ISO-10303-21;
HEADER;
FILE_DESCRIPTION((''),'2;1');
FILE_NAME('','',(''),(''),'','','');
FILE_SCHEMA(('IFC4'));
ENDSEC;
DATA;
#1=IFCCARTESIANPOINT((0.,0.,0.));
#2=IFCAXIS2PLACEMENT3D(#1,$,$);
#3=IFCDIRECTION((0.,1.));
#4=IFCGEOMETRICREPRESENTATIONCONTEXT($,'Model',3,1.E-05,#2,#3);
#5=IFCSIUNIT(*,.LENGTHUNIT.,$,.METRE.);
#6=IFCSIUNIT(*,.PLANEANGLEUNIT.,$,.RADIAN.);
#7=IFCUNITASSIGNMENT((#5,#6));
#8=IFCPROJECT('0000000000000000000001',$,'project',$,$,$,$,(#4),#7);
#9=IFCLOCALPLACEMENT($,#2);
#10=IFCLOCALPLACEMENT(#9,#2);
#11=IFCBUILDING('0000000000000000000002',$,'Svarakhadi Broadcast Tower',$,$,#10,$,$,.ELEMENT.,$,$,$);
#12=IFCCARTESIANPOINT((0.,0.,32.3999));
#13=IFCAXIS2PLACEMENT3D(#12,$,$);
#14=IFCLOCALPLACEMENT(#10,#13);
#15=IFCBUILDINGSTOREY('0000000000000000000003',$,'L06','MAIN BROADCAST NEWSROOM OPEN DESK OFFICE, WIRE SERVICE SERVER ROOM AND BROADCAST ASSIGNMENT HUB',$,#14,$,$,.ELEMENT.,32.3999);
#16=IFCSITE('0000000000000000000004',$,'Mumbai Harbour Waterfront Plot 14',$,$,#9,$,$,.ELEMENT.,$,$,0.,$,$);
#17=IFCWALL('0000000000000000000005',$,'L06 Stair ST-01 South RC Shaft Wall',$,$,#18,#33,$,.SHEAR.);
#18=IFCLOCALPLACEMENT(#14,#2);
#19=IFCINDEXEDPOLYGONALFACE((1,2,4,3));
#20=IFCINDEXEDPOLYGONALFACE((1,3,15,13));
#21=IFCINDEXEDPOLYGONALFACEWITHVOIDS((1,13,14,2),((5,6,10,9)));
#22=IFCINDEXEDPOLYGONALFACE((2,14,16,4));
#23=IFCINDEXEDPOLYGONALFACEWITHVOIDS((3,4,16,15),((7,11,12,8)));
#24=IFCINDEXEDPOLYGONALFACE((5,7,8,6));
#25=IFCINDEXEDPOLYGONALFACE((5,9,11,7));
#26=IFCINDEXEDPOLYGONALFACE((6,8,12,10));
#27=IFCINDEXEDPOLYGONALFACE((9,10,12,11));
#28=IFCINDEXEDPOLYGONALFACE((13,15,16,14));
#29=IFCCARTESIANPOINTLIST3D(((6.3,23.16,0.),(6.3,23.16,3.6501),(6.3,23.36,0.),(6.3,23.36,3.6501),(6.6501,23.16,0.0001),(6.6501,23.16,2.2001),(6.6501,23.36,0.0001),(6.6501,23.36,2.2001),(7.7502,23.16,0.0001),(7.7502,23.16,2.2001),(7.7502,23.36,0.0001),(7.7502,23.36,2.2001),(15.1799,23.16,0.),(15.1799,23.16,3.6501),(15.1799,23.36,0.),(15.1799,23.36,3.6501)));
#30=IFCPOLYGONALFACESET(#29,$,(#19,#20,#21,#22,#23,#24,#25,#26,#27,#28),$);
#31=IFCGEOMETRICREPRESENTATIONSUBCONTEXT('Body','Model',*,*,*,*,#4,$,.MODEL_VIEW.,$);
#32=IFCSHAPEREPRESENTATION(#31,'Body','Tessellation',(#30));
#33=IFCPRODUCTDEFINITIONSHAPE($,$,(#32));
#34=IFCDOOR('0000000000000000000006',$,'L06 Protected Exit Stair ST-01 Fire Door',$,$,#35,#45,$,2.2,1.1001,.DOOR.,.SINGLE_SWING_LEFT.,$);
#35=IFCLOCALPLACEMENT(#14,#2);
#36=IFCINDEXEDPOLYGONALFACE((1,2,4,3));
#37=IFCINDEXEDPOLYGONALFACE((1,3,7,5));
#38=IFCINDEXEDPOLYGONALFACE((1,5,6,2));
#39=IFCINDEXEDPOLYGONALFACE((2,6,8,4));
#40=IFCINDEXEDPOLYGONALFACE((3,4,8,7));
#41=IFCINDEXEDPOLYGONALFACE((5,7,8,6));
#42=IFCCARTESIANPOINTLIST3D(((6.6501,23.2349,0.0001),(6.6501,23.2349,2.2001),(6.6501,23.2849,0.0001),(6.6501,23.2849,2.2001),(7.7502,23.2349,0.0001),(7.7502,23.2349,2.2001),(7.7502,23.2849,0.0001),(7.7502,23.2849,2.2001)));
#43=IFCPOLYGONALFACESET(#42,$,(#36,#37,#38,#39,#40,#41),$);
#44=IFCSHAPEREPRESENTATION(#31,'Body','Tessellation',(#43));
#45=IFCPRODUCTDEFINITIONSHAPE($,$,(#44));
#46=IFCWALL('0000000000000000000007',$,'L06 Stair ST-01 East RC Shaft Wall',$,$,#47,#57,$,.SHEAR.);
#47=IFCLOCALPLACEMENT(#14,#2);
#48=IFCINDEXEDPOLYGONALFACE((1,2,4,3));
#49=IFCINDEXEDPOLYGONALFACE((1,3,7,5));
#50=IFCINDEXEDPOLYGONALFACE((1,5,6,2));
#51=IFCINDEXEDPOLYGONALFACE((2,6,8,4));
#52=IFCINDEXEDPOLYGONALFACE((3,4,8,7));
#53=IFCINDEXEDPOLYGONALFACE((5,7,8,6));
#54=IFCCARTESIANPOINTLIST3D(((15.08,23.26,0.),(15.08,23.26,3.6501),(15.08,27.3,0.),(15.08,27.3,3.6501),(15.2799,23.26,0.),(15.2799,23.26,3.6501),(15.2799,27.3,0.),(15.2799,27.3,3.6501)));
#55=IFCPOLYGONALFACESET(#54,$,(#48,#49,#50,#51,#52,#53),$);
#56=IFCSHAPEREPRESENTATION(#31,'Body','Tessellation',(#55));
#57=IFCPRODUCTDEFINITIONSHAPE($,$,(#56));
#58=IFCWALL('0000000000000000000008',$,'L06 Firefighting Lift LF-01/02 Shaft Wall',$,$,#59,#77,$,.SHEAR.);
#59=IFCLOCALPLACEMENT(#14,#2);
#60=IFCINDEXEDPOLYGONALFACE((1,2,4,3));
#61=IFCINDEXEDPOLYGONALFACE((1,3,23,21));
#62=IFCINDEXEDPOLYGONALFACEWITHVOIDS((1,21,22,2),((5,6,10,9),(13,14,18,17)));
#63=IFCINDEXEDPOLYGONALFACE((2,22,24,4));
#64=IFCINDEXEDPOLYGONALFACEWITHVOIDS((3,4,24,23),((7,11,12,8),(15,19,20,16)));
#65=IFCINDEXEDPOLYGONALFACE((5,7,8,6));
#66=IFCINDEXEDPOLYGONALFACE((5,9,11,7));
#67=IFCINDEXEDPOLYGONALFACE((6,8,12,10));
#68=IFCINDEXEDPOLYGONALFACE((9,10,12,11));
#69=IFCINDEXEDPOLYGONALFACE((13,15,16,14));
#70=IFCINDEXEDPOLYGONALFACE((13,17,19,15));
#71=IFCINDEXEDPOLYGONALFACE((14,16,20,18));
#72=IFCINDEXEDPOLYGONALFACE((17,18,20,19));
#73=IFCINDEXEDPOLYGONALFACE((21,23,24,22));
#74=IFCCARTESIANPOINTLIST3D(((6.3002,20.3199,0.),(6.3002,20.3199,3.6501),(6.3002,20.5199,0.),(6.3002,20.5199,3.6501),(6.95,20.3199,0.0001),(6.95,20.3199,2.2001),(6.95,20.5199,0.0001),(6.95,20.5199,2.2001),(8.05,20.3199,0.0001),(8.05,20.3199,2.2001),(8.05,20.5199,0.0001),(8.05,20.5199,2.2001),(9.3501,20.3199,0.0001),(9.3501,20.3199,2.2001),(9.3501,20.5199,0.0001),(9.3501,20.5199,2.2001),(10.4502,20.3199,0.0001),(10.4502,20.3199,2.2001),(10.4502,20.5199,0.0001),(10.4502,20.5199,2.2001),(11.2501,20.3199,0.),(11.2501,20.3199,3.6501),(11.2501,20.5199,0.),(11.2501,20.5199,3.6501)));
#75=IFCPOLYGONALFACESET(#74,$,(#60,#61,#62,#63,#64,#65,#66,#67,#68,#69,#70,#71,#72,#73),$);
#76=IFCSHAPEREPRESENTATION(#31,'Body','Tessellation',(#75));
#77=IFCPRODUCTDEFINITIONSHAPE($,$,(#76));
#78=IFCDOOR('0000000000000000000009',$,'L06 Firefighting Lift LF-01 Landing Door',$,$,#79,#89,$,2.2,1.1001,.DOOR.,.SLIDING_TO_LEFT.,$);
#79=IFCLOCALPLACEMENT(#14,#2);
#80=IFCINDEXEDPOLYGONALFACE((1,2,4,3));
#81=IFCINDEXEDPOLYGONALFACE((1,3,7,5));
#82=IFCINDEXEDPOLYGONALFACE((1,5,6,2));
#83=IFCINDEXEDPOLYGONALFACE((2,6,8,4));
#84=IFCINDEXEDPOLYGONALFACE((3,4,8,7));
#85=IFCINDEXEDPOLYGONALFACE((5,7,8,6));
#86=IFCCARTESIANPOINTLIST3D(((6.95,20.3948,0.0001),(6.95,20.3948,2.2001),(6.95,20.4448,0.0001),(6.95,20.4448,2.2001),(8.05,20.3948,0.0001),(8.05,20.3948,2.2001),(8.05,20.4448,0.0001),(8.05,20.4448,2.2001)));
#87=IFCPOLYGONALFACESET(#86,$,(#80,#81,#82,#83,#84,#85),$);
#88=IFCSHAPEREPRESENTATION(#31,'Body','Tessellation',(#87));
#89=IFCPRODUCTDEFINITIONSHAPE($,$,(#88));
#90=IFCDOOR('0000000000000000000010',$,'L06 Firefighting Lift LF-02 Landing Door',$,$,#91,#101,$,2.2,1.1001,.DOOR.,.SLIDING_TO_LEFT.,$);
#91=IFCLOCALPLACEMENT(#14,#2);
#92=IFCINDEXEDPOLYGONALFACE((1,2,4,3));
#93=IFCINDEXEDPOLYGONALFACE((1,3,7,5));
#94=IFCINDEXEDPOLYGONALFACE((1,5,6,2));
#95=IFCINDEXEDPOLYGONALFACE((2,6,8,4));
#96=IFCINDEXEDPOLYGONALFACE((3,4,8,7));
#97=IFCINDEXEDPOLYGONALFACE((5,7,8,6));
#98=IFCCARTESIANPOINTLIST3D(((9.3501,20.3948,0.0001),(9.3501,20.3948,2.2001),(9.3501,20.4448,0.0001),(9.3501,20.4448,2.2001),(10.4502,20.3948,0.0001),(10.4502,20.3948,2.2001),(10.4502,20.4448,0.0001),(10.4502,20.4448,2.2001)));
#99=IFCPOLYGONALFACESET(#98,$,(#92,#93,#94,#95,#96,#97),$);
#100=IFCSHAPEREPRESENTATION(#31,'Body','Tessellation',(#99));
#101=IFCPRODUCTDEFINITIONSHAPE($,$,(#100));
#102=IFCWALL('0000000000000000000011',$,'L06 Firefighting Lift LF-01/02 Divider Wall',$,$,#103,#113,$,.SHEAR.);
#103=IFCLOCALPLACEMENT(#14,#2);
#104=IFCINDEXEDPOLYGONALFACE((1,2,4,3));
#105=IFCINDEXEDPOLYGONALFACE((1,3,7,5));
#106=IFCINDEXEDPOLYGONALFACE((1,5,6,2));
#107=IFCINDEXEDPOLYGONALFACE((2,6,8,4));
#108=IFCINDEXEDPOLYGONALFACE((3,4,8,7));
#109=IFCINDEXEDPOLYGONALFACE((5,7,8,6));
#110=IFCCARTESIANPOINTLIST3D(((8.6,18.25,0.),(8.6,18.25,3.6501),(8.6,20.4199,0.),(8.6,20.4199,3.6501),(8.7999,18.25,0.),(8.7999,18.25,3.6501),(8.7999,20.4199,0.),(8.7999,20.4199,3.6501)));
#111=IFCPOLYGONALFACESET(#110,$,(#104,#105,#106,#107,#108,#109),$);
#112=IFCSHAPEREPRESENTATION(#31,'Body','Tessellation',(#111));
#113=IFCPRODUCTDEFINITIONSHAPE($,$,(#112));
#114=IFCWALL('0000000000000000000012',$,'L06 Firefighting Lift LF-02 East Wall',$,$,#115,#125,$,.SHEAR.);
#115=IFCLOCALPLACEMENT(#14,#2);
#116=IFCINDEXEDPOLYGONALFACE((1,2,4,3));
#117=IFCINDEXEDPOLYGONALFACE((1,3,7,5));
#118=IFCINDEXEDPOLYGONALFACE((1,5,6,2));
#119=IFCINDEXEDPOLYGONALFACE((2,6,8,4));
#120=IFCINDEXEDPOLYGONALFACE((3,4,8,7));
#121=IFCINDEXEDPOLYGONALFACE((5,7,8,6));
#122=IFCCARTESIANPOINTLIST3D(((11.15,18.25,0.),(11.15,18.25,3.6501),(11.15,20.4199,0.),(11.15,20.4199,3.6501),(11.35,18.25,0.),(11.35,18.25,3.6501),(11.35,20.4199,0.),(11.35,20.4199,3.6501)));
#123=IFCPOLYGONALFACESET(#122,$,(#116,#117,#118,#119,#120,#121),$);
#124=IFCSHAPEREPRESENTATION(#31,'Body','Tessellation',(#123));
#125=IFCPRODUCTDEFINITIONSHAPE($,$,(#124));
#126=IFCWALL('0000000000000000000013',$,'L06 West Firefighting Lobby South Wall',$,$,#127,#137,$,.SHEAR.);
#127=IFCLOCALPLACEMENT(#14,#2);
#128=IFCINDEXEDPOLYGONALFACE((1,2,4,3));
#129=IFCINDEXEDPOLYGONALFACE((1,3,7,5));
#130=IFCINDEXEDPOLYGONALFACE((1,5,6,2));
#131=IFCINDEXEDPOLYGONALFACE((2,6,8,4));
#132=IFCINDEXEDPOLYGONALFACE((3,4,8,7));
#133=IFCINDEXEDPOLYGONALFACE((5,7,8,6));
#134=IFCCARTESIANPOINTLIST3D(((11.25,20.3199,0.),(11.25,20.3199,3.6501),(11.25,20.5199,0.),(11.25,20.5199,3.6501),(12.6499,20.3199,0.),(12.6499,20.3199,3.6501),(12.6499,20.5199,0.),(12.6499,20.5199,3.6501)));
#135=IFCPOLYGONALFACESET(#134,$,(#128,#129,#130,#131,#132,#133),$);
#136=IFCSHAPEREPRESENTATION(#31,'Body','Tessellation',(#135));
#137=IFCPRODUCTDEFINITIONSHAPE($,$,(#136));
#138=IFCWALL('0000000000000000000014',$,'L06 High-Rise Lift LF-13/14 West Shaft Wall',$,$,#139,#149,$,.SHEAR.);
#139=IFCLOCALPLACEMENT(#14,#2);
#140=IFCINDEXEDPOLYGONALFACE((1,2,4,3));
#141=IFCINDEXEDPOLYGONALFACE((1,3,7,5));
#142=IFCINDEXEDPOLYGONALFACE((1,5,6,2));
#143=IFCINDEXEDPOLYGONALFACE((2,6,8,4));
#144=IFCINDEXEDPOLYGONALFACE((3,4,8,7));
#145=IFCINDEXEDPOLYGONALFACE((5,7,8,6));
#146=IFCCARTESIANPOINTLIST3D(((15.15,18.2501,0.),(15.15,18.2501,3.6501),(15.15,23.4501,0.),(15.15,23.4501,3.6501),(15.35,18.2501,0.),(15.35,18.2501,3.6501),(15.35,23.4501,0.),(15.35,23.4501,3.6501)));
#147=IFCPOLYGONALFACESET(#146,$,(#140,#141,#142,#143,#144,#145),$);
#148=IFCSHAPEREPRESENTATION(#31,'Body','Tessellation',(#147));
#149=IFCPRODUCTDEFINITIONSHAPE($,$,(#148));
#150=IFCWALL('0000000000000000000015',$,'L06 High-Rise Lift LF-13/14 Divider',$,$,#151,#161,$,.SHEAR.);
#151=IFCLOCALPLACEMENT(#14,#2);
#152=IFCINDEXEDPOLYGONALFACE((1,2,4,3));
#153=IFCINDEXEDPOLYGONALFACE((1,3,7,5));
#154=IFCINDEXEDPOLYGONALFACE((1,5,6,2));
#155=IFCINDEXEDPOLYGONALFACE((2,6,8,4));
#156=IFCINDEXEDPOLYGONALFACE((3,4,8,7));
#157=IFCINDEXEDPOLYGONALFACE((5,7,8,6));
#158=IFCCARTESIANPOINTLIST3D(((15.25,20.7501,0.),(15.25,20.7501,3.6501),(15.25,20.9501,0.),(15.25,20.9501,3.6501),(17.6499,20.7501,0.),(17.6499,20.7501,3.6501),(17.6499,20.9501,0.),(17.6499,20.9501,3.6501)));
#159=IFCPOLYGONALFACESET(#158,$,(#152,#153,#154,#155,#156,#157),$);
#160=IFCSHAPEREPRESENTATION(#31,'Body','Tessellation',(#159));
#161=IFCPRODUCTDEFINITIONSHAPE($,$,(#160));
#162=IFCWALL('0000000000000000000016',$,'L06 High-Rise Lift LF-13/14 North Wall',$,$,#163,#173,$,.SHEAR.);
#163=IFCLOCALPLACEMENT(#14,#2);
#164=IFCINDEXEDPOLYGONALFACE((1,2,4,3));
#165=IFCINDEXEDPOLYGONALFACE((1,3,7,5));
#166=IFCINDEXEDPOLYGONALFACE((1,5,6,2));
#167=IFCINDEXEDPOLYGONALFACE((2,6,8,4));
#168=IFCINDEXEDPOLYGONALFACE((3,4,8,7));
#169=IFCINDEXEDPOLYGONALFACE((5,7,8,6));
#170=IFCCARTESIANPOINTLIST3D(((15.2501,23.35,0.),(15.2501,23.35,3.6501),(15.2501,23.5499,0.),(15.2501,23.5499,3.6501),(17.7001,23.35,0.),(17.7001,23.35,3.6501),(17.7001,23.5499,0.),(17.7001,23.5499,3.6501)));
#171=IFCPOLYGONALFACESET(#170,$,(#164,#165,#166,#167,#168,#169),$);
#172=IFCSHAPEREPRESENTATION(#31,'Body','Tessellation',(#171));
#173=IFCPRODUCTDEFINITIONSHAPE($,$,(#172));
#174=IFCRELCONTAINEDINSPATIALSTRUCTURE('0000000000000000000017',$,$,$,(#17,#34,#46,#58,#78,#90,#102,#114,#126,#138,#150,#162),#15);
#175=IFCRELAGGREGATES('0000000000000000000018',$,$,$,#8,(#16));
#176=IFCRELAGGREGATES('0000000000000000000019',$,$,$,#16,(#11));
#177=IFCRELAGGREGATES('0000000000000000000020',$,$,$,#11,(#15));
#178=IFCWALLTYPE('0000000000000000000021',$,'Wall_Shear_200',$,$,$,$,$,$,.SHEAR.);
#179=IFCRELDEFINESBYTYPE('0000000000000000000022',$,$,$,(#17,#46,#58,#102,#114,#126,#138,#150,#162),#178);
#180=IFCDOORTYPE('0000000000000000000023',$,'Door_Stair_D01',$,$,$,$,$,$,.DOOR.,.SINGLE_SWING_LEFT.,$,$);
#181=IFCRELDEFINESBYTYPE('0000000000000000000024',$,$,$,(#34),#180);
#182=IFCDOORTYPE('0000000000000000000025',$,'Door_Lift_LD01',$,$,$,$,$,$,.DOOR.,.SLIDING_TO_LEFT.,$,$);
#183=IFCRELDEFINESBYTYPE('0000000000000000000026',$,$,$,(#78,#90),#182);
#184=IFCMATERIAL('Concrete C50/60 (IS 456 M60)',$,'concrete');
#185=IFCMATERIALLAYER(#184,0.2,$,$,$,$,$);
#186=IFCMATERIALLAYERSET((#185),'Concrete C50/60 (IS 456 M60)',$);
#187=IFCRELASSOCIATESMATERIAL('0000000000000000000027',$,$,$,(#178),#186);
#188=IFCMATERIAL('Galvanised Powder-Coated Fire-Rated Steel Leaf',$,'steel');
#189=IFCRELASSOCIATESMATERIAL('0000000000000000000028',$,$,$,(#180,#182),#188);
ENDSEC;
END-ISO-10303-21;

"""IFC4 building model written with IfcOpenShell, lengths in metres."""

from ifc_helpers import new_model, si_unit, direction, frame, frame_2d, origin, place, context, subcontext, project, spatial, rectangle, extrude, material, layer, layer_set, type_object, element, fill, save


model = new_model("IFC4")

# Units and contexts
model_context = context("Model", 3, precision=1e-05, world=origin(), true_north=direction((0.0, 1.0)))
body_context = subcontext(model_context, "Body", "Model", "MODEL_VIEW")
ifc_project = project(units=[si_unit("LENGTHUNIT", "METRE"), si_unit("PLANEANGLEUNIT", "RADIAN")], contexts=[model_context])

# Site, building, storey
site_placement = place(None, origin())
site = spatial("IfcSite", under=ifc_project, at=site_placement, Name="Mumbai Harbour Waterfront Plot 14", CompositionType="ELEMENT", RefElevation=0.0)
building_placement = place(site_placement, origin())
building = spatial("IfcBuilding", under=site, at=building_placement, Name="Svarakhadi Broadcast Tower", CompositionType="ELEMENT")
storey_placement = place(building_placement, frame((0.0, 0.0, 32.3999)))
storey = spatial("IfcBuildingStorey", under=building, at=storey_placement, Name="L06", Description="MAIN BROADCAST NEWSROOM OPEN DESK OFFICE, WIRE SERVICE SERVER ROOM AND BROADCAST ASSIGNMENT HUB", CompositionType="ELEMENT", Elevation=32.3999)

# Shared definitions
ifc_material_1 = material(Name="Concrete C50/60 (IS 456 M60)", Category="concrete")

# Wall, opening, door
ifc_layer = layer(ifc_material_1, 0.2)
ifc_layer_set = layer_set([ifc_layer], Name="Concrete C50/60 (IS 456 M60)")
wall_type = type_object("IfcWallType", Name="Wall_Shear_200", PredefinedType="SHEAR", material=ifc_layer_set)
wall_1_placement = place(storey_placement, frame((6.3, 23.26, 0.0), z_axis=(0.0, 0.0, 1.0), x_axis=(1.0, 0.0, 0.0)))
wall_1 = element("IfcWall", 1, at=wall_1_placement, inside=storey, type_object=wall_type, Name="L06 Stair ST-01 South RC Shaft Wall", PredefinedType="SHEAR", context=body_context, shape_type="SweptSolid", body=[
    extrude(rectangle(XDim=8.8799, YDim=0.2, at=frame_2d((4.4399, 0.0))), origin(), (0.0, 0.0, 1.0), 3.6501),
])
opening_1_placement = place(wall_1_placement, frame((0.3501, 0.0, 0.0)))
opening_1 = element("IfcOpeningElement", 2, at=opening_1_placement, cuts=wall_1, PredefinedType="OPENING", context=body_context, shape_type="SweptSolid", body=[
    extrude(rectangle(XDim=1.1001, YDim=2.2, at=frame_2d((0.55, 1.1001))), frame((0.0, 0.1099, 0.0), z_axis=(0.0, -1.0, 0.0), x_axis=(1.0, 0.0, 0.0)), (0.0, 0.0, 1.0), 0.22),
])
ifc_material_2 = material(Name="Galvanised Powder-Coated Fire-Rated Steel Leaf", Category="steel")
door_type_1 = type_object("IfcDoorType", Name="Door_Stair_D01", OperationType="SINGLE_SWING_LEFT", PredefinedType="DOOR", material=ifc_material_2)
door_1_placement = place(opening_1_placement, origin())
door_1 = element("IfcDoor", 3, at=door_1_placement, inside=storey, type_object=door_type_1, Name="L06 Protected Exit Stair ST-01 Fire Door", OperationType="SINGLE_SWING_LEFT", OverallHeight=2.2, OverallWidth=1.1001, PredefinedType="DOOR", context=body_context, shape_type="SweptSolid", body=[
    extrude(rectangle(XDim=1.1001, YDim=2.2, at=frame_2d((0.55, 1.1001))), frame((0.0, 0.0249, 0.0), z_axis=(0.0, -1.0, 0.0), x_axis=(1.0, 0.0, 0.0)), (0.0, 0.0, 1.0), 0.05),
])
fill(opening_1, door_1)

# Wall
wall_2_placement = place(storey_placement, frame((15.1799, 23.26, 0.0), z_axis=(0.0, 0.0, 1.0), x_axis=(0.0, 1.0, 0.0)))
element("IfcWall", 4, at=wall_2_placement, inside=storey, type_object=wall_type, Name="L06 Stair ST-01 East RC Shaft Wall", PredefinedType="SHEAR", context=body_context, shape_type="SweptSolid", body=[
    extrude(rectangle(XDim=4.04, YDim=0.2, at=frame_2d((2.02, 0.0))), origin(), (0.0, 0.0, 1.0), 3.6501),
])

# Wall, openings, doors
wall_3_placement = place(storey_placement, frame((6.3, 20.4199, 0.0), z_axis=(0.0, 0.0, 1.0), x_axis=(1.0, 0.0, 0.0)))
wall_3 = element("IfcWall", 5, at=wall_3_placement, inside=storey, type_object=wall_type, Name="L06 Firefighting Lift LF-01/02 Shaft Wall", PredefinedType="SHEAR", context=body_context, shape_type="SweptSolid", body=[
    extrude(rectangle(XDim=4.95, YDim=0.2, at=frame_2d((2.4751, 0.0))), origin(), (0.0, 0.0, 1.0), 3.6501),
])
opening_2_placement = place(wall_3_placement, frame((0.6499, 0.0, 0.0)))
opening_2 = element("IfcOpeningElement", 6, at=opening_2_placement, cuts=wall_3, PredefinedType="OPENING", context=body_context, shape_type="SweptSolid", body=[
    extrude(rectangle(XDim=1.1001, YDim=2.2, at=frame_2d((0.55, 1.1001))), frame((0.0, 0.1099, 0.0), z_axis=(0.0, -1.0, 0.0), x_axis=(1.0, 0.0, 0.0)), (0.0, 0.0, 1.0), 0.22),
])
opening_3_placement = place(wall_3_placement, frame((3.05, 0.0, 0.0)))
opening_3 = element("IfcOpeningElement", 7, at=opening_3_placement, cuts=wall_3, PredefinedType="OPENING", context=body_context, shape_type="SweptSolid", body=[
    extrude(rectangle(XDim=1.1001, YDim=2.2, at=frame_2d((0.55, 1.1001))), frame((0.0, 0.1099, 0.0), z_axis=(0.0, -1.0, 0.0), x_axis=(1.0, 0.0, 0.0)), (0.0, 0.0, 1.0), 0.22),
])
door_type_2 = type_object("IfcDoorType", Name="Door_Lift_LD01", OperationType="SLIDING_TO_LEFT", PredefinedType="DOOR", material=ifc_material_2)
door_2_placement = place(opening_2_placement, origin())
door_2 = element("IfcDoor", 8, at=door_2_placement, inside=storey, type_object=door_type_2, Name="L06 Firefighting Lift LF-01 Landing Door", OperationType="SLIDING_TO_LEFT", OverallHeight=2.2, OverallWidth=1.1001, PredefinedType="DOOR", context=body_context, shape_type="SweptSolid", body=[
    extrude(rectangle(XDim=1.1001, YDim=2.2, at=frame_2d((0.55, 1.1001))), frame((0.0, 0.0249, 0.0), z_axis=(0.0, -1.0, 0.0), x_axis=(1.0, 0.0, 0.0)), (0.0, 0.0, 1.0), 0.05),
])
fill(opening_2, door_2)
door_3_placement = place(opening_3_placement, origin())
door_3 = element("IfcDoor", 9, at=door_3_placement, inside=storey, type_object=door_type_2, Name="L06 Firefighting Lift LF-02 Landing Door", OperationType="SLIDING_TO_LEFT", OverallHeight=2.2, OverallWidth=1.1001, PredefinedType="DOOR", context=body_context, shape_type="SweptSolid", body=[
    extrude(rectangle(XDim=1.1001, YDim=2.2, at=frame_2d((0.55, 1.1001))), frame((0.0, 0.0249, 0.0), z_axis=(0.0, -1.0, 0.0), x_axis=(1.0, 0.0, 0.0)), (0.0, 0.0, 1.0), 0.05),
])
fill(opening_3, door_3)

# Walls
for number, where, z_axis, x_axis, name in (
    (10, (8.7, 18.25, 0.0), (0.0, 0.0, 1.0), (0.0, 1.0, 0.0), "L06 Firefighting Lift LF-01/02 Divider Wall"),
    (11, (11.25, 18.25, 0.0), (0.0, 0.0, 1.0), (0.0, 1.0, 0.0), "L06 Firefighting Lift LF-02 East Wall"),
):
    element("IfcWall", number, at=place(storey_placement, frame(where, z_axis=z_axis, x_axis=x_axis)), inside=storey, type_object=wall_type, Name=name, PredefinedType="SHEAR", context=body_context, shape_type="SweptSolid", body=[
        extrude(rectangle(XDim=2.1699, YDim=0.2, at=frame_2d((1.085, 0.0))), origin(), (0.0, 0.0, 1.0), 3.6501),
    ])
wall_4_placement = place(storey_placement, frame((11.25, 20.4199, 0.0), z_axis=(0.0, 0.0, 1.0), x_axis=(1.0, 0.0, 0.0)))
element("IfcWall", 12, at=wall_4_placement, inside=storey, type_object=wall_type, Name="L06 West Firefighting Lobby South Wall", PredefinedType="SHEAR", context=body_context, shape_type="SweptSolid", body=[
    extrude(rectangle(XDim=1.3999, YDim=0.2, at=frame_2d((0.7, 0.0))), origin(), (0.0, 0.0, 1.0), 3.6501),
])

# Walls
wall_5_placement = place(storey_placement, frame((15.25, 18.25, 0.0), z_axis=(0.0, 0.0, 1.0), x_axis=(0.0, 1.0, 0.0)))
element("IfcWall", 13, at=wall_5_placement, inside=storey, type_object=wall_type, Name="L06 High-Rise Lift LF-13/14 West Shaft Wall", PredefinedType="SHEAR", context=body_context, shape_type="SweptSolid", body=[
    extrude(rectangle(XDim=5.2, YDim=0.2, at=frame_2d((2.6001, 0.0))), origin(), (0.0, 0.0, 1.0), 3.6501),
])
wall_6_placement = place(storey_placement, frame((15.25, 20.8501, 0.0), z_axis=(0.0, 0.0, 1.0), x_axis=(1.0, 0.0, 0.0)))
element("IfcWall", 14, at=wall_6_placement, inside=storey, type_object=wall_type, Name="L06 High-Rise Lift LF-13/14 Divider", PredefinedType="SHEAR", context=body_context, shape_type="SweptSolid", body=[
    extrude(rectangle(XDim=2.3999, YDim=0.2, at=frame_2d((1.2, 0.0))), origin(), (0.0, 0.0, 1.0), 3.6501),
])
wall_7_placement = place(storey_placement, frame((15.25, 23.45, 0.0), z_axis=(0.0, 0.0, 1.0), x_axis=(1.0, 0.0, 0.0)))
element("IfcWall", 15, at=wall_7_placement, inside=storey, type_object=wall_type, Name="L06 High-Rise Lift LF-13/14 North Wall", PredefinedType="SHEAR", context=body_context, shape_type="SweptSolid", body=[
    extrude(rectangle(XDim=2.45, YDim=0.2, at=frame_2d((1.2251, 0.0))), origin(), (0.0, 0.0, 1.0), 3.6501),
])

save(model, "model.ifc")
